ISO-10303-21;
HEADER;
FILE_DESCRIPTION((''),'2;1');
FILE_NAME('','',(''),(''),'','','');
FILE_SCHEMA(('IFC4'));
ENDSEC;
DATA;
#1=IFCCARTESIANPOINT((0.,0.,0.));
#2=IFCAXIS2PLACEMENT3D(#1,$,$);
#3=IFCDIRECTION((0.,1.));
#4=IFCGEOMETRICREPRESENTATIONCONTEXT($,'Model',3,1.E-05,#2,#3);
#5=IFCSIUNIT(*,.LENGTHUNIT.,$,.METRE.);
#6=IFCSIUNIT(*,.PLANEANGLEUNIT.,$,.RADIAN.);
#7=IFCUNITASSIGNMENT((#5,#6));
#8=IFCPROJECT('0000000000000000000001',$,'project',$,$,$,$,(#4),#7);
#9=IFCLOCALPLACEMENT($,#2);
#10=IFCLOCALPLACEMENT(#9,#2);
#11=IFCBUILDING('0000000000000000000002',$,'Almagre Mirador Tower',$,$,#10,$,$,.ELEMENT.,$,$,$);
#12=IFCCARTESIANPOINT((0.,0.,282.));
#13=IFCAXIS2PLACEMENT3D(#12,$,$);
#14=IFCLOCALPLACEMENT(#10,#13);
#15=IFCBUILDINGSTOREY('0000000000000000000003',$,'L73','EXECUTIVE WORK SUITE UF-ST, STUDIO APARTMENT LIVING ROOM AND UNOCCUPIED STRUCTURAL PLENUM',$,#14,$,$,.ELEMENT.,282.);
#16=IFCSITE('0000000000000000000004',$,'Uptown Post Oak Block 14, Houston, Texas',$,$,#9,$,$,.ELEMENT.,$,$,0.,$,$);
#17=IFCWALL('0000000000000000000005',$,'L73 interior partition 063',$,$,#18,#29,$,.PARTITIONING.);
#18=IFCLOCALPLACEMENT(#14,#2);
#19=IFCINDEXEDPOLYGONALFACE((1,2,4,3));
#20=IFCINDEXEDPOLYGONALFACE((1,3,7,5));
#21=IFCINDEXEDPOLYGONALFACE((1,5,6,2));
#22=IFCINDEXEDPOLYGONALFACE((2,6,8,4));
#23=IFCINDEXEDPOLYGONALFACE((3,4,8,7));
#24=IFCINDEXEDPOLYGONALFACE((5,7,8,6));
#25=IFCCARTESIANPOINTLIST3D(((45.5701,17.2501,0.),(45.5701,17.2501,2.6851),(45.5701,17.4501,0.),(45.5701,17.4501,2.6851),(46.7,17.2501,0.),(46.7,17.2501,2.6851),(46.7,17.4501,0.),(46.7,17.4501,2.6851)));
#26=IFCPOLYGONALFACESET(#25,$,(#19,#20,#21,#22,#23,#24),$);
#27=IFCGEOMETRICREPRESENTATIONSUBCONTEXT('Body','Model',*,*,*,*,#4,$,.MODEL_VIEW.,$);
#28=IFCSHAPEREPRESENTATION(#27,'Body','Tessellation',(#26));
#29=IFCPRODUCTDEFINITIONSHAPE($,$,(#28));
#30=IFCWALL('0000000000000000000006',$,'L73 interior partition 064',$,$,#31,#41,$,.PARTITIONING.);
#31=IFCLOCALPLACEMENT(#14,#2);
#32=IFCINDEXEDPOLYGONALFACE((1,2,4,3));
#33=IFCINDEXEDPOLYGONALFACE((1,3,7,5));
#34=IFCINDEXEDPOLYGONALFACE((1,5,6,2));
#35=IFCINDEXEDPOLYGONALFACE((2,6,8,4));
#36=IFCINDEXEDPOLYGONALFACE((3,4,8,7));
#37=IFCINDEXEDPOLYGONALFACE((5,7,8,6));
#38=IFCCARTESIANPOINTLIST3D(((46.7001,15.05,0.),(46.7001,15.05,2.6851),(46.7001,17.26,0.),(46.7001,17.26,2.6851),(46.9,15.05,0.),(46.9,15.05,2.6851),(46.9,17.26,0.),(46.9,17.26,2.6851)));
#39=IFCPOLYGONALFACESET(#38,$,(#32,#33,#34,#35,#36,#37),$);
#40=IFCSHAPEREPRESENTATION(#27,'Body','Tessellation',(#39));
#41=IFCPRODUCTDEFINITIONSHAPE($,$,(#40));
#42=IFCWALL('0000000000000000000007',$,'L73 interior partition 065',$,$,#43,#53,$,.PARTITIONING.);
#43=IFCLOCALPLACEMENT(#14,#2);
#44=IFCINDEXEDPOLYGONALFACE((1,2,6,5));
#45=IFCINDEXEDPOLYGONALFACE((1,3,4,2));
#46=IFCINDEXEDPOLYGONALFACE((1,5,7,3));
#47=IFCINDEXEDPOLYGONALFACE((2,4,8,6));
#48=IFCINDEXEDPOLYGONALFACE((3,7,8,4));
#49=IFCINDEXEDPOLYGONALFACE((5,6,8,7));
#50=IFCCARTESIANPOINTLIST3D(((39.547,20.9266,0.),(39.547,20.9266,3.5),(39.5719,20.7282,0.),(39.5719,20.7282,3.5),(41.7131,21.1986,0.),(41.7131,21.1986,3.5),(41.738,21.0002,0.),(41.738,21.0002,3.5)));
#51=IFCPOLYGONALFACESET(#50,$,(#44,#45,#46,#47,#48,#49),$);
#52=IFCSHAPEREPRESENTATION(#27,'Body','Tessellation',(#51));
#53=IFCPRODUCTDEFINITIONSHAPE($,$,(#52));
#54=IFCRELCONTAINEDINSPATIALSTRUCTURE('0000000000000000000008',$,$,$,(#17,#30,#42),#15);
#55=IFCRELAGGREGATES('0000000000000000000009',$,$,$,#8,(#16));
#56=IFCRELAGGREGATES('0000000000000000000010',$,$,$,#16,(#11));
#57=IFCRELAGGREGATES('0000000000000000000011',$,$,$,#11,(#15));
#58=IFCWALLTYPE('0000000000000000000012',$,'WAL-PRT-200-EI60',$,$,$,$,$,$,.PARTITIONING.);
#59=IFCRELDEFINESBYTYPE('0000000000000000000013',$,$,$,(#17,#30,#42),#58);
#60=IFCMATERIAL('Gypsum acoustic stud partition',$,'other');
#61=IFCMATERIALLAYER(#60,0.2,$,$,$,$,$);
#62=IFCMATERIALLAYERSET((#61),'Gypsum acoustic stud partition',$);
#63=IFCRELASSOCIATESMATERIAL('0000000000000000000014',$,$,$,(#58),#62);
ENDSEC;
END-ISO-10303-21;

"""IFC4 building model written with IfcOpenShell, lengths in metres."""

from ifc_helpers import new_model, si_unit, direction, frame, frame_2d, origin, place, context, subcontext, project, spatial, rectangle, extrude, material, layer, layer_set, type_object, element, save


model = new_model("IFC4")

# Units and contexts
model_context = context("Model", 3, precision=1e-05, world=origin(), true_north=direction((0.0, 1.0)))
body_context = subcontext(model_context, "Body", "Model", "MODEL_VIEW")
ifc_project = project(units=[si_unit("LENGTHUNIT", "METRE"), si_unit("PLANEANGLEUNIT", "RADIAN")], contexts=[model_context])

# Site, building, storey
site_placement = place(None, origin())
site = spatial("IfcSite", under=ifc_project, at=site_placement, Name="Uptown Post Oak Block 14, Houston, Texas", CompositionType="ELEMENT", RefElevation=0.0)
building_placement = place(site_placement, origin())
building = spatial("IfcBuilding", under=site, at=building_placement, Name="Almagre Mirador Tower", CompositionType="ELEMENT")
storey_placement = place(building_placement, frame((0.0, 0.0, 282.0)))
storey = spatial("IfcBuildingStorey", under=building, at=storey_placement, Name="L73", Description="EXECUTIVE WORK SUITE UF-ST, STUDIO APARTMENT LIVING ROOM AND UNOCCUPIED STRUCTURAL PLENUM", CompositionType="ELEMENT", Elevation=282.0)

# Shared definitions
ifc_material_1 = material(Name="Gypsum acoustic stud partition", Category="other")
ifc_layer_1 = layer(ifc_material_1, 0.2)
ifc_layer_set_1 = layer_set([ifc_layer_1], Name="Gypsum acoustic stud partition")
wall_type_1 = type_object("IfcWallType", Name="WAL-PRT-200-EI60", PredefinedType="PARTITIONING", material=ifc_layer_set_1)

# Walls
wall_1_placement = place(storey_placement, frame((46.7, 17.3501, 0.0), z_axis=(0.0, 0.0, 1.0), x_axis=(-1.0, 0.0, 0.0)))
element("IfcWall", 1, at=wall_1_placement, inside=storey, type_object=wall_type_1, Name="L73 interior partition 063", PredefinedType="PARTITIONING", context=body_context, shape_type="SweptSolid", body=[
    extrude(rectangle(XDim=1.1299, YDim=0.2, at=frame_2d((0.5649, 0.0))), origin(), (0.0, 0.0, 1.0), 2.6851),
])
wall_2_placement = place(storey_placement, frame((46.8, 15.05, 0.0), z_axis=(0.0, 0.0, 1.0), x_axis=(0.0, 1.0, 0.0)))
element("IfcWall", 2, at=wall_2_placement, inside=storey, type_object=wall_type_1, Name="L73 interior partition 064", PredefinedType="PARTITIONING", context=body_context, shape_type="SweptSolid", body=[
    extrude(rectangle(XDim=2.21, YDim=0.2, at=frame_2d((1.105, 0.0))), origin(), (0.0, 0.0, 1.0), 2.6851),
])
wall_3_placement = place(storey_placement, frame((41.7256, 21.0994, 0.0), z_axis=(0.0, 0.0, 1.0), x_axis=(-0.992209, -0.124585, 0.0)))
element("IfcWall", 3, at=wall_3_placement, inside=storey, type_object=wall_type_1, Name="L73 interior partition 065", PredefinedType="PARTITIONING", context=body_context, shape_type="SweptSolid", body=[
    extrude(rectangle(XDim=2.1831, YDim=0.2, at=frame_2d((1.0916, 0.0))), origin(), (0.0, 0.0, 1.0), 3.5),
])

save(model, "model.ifc")
